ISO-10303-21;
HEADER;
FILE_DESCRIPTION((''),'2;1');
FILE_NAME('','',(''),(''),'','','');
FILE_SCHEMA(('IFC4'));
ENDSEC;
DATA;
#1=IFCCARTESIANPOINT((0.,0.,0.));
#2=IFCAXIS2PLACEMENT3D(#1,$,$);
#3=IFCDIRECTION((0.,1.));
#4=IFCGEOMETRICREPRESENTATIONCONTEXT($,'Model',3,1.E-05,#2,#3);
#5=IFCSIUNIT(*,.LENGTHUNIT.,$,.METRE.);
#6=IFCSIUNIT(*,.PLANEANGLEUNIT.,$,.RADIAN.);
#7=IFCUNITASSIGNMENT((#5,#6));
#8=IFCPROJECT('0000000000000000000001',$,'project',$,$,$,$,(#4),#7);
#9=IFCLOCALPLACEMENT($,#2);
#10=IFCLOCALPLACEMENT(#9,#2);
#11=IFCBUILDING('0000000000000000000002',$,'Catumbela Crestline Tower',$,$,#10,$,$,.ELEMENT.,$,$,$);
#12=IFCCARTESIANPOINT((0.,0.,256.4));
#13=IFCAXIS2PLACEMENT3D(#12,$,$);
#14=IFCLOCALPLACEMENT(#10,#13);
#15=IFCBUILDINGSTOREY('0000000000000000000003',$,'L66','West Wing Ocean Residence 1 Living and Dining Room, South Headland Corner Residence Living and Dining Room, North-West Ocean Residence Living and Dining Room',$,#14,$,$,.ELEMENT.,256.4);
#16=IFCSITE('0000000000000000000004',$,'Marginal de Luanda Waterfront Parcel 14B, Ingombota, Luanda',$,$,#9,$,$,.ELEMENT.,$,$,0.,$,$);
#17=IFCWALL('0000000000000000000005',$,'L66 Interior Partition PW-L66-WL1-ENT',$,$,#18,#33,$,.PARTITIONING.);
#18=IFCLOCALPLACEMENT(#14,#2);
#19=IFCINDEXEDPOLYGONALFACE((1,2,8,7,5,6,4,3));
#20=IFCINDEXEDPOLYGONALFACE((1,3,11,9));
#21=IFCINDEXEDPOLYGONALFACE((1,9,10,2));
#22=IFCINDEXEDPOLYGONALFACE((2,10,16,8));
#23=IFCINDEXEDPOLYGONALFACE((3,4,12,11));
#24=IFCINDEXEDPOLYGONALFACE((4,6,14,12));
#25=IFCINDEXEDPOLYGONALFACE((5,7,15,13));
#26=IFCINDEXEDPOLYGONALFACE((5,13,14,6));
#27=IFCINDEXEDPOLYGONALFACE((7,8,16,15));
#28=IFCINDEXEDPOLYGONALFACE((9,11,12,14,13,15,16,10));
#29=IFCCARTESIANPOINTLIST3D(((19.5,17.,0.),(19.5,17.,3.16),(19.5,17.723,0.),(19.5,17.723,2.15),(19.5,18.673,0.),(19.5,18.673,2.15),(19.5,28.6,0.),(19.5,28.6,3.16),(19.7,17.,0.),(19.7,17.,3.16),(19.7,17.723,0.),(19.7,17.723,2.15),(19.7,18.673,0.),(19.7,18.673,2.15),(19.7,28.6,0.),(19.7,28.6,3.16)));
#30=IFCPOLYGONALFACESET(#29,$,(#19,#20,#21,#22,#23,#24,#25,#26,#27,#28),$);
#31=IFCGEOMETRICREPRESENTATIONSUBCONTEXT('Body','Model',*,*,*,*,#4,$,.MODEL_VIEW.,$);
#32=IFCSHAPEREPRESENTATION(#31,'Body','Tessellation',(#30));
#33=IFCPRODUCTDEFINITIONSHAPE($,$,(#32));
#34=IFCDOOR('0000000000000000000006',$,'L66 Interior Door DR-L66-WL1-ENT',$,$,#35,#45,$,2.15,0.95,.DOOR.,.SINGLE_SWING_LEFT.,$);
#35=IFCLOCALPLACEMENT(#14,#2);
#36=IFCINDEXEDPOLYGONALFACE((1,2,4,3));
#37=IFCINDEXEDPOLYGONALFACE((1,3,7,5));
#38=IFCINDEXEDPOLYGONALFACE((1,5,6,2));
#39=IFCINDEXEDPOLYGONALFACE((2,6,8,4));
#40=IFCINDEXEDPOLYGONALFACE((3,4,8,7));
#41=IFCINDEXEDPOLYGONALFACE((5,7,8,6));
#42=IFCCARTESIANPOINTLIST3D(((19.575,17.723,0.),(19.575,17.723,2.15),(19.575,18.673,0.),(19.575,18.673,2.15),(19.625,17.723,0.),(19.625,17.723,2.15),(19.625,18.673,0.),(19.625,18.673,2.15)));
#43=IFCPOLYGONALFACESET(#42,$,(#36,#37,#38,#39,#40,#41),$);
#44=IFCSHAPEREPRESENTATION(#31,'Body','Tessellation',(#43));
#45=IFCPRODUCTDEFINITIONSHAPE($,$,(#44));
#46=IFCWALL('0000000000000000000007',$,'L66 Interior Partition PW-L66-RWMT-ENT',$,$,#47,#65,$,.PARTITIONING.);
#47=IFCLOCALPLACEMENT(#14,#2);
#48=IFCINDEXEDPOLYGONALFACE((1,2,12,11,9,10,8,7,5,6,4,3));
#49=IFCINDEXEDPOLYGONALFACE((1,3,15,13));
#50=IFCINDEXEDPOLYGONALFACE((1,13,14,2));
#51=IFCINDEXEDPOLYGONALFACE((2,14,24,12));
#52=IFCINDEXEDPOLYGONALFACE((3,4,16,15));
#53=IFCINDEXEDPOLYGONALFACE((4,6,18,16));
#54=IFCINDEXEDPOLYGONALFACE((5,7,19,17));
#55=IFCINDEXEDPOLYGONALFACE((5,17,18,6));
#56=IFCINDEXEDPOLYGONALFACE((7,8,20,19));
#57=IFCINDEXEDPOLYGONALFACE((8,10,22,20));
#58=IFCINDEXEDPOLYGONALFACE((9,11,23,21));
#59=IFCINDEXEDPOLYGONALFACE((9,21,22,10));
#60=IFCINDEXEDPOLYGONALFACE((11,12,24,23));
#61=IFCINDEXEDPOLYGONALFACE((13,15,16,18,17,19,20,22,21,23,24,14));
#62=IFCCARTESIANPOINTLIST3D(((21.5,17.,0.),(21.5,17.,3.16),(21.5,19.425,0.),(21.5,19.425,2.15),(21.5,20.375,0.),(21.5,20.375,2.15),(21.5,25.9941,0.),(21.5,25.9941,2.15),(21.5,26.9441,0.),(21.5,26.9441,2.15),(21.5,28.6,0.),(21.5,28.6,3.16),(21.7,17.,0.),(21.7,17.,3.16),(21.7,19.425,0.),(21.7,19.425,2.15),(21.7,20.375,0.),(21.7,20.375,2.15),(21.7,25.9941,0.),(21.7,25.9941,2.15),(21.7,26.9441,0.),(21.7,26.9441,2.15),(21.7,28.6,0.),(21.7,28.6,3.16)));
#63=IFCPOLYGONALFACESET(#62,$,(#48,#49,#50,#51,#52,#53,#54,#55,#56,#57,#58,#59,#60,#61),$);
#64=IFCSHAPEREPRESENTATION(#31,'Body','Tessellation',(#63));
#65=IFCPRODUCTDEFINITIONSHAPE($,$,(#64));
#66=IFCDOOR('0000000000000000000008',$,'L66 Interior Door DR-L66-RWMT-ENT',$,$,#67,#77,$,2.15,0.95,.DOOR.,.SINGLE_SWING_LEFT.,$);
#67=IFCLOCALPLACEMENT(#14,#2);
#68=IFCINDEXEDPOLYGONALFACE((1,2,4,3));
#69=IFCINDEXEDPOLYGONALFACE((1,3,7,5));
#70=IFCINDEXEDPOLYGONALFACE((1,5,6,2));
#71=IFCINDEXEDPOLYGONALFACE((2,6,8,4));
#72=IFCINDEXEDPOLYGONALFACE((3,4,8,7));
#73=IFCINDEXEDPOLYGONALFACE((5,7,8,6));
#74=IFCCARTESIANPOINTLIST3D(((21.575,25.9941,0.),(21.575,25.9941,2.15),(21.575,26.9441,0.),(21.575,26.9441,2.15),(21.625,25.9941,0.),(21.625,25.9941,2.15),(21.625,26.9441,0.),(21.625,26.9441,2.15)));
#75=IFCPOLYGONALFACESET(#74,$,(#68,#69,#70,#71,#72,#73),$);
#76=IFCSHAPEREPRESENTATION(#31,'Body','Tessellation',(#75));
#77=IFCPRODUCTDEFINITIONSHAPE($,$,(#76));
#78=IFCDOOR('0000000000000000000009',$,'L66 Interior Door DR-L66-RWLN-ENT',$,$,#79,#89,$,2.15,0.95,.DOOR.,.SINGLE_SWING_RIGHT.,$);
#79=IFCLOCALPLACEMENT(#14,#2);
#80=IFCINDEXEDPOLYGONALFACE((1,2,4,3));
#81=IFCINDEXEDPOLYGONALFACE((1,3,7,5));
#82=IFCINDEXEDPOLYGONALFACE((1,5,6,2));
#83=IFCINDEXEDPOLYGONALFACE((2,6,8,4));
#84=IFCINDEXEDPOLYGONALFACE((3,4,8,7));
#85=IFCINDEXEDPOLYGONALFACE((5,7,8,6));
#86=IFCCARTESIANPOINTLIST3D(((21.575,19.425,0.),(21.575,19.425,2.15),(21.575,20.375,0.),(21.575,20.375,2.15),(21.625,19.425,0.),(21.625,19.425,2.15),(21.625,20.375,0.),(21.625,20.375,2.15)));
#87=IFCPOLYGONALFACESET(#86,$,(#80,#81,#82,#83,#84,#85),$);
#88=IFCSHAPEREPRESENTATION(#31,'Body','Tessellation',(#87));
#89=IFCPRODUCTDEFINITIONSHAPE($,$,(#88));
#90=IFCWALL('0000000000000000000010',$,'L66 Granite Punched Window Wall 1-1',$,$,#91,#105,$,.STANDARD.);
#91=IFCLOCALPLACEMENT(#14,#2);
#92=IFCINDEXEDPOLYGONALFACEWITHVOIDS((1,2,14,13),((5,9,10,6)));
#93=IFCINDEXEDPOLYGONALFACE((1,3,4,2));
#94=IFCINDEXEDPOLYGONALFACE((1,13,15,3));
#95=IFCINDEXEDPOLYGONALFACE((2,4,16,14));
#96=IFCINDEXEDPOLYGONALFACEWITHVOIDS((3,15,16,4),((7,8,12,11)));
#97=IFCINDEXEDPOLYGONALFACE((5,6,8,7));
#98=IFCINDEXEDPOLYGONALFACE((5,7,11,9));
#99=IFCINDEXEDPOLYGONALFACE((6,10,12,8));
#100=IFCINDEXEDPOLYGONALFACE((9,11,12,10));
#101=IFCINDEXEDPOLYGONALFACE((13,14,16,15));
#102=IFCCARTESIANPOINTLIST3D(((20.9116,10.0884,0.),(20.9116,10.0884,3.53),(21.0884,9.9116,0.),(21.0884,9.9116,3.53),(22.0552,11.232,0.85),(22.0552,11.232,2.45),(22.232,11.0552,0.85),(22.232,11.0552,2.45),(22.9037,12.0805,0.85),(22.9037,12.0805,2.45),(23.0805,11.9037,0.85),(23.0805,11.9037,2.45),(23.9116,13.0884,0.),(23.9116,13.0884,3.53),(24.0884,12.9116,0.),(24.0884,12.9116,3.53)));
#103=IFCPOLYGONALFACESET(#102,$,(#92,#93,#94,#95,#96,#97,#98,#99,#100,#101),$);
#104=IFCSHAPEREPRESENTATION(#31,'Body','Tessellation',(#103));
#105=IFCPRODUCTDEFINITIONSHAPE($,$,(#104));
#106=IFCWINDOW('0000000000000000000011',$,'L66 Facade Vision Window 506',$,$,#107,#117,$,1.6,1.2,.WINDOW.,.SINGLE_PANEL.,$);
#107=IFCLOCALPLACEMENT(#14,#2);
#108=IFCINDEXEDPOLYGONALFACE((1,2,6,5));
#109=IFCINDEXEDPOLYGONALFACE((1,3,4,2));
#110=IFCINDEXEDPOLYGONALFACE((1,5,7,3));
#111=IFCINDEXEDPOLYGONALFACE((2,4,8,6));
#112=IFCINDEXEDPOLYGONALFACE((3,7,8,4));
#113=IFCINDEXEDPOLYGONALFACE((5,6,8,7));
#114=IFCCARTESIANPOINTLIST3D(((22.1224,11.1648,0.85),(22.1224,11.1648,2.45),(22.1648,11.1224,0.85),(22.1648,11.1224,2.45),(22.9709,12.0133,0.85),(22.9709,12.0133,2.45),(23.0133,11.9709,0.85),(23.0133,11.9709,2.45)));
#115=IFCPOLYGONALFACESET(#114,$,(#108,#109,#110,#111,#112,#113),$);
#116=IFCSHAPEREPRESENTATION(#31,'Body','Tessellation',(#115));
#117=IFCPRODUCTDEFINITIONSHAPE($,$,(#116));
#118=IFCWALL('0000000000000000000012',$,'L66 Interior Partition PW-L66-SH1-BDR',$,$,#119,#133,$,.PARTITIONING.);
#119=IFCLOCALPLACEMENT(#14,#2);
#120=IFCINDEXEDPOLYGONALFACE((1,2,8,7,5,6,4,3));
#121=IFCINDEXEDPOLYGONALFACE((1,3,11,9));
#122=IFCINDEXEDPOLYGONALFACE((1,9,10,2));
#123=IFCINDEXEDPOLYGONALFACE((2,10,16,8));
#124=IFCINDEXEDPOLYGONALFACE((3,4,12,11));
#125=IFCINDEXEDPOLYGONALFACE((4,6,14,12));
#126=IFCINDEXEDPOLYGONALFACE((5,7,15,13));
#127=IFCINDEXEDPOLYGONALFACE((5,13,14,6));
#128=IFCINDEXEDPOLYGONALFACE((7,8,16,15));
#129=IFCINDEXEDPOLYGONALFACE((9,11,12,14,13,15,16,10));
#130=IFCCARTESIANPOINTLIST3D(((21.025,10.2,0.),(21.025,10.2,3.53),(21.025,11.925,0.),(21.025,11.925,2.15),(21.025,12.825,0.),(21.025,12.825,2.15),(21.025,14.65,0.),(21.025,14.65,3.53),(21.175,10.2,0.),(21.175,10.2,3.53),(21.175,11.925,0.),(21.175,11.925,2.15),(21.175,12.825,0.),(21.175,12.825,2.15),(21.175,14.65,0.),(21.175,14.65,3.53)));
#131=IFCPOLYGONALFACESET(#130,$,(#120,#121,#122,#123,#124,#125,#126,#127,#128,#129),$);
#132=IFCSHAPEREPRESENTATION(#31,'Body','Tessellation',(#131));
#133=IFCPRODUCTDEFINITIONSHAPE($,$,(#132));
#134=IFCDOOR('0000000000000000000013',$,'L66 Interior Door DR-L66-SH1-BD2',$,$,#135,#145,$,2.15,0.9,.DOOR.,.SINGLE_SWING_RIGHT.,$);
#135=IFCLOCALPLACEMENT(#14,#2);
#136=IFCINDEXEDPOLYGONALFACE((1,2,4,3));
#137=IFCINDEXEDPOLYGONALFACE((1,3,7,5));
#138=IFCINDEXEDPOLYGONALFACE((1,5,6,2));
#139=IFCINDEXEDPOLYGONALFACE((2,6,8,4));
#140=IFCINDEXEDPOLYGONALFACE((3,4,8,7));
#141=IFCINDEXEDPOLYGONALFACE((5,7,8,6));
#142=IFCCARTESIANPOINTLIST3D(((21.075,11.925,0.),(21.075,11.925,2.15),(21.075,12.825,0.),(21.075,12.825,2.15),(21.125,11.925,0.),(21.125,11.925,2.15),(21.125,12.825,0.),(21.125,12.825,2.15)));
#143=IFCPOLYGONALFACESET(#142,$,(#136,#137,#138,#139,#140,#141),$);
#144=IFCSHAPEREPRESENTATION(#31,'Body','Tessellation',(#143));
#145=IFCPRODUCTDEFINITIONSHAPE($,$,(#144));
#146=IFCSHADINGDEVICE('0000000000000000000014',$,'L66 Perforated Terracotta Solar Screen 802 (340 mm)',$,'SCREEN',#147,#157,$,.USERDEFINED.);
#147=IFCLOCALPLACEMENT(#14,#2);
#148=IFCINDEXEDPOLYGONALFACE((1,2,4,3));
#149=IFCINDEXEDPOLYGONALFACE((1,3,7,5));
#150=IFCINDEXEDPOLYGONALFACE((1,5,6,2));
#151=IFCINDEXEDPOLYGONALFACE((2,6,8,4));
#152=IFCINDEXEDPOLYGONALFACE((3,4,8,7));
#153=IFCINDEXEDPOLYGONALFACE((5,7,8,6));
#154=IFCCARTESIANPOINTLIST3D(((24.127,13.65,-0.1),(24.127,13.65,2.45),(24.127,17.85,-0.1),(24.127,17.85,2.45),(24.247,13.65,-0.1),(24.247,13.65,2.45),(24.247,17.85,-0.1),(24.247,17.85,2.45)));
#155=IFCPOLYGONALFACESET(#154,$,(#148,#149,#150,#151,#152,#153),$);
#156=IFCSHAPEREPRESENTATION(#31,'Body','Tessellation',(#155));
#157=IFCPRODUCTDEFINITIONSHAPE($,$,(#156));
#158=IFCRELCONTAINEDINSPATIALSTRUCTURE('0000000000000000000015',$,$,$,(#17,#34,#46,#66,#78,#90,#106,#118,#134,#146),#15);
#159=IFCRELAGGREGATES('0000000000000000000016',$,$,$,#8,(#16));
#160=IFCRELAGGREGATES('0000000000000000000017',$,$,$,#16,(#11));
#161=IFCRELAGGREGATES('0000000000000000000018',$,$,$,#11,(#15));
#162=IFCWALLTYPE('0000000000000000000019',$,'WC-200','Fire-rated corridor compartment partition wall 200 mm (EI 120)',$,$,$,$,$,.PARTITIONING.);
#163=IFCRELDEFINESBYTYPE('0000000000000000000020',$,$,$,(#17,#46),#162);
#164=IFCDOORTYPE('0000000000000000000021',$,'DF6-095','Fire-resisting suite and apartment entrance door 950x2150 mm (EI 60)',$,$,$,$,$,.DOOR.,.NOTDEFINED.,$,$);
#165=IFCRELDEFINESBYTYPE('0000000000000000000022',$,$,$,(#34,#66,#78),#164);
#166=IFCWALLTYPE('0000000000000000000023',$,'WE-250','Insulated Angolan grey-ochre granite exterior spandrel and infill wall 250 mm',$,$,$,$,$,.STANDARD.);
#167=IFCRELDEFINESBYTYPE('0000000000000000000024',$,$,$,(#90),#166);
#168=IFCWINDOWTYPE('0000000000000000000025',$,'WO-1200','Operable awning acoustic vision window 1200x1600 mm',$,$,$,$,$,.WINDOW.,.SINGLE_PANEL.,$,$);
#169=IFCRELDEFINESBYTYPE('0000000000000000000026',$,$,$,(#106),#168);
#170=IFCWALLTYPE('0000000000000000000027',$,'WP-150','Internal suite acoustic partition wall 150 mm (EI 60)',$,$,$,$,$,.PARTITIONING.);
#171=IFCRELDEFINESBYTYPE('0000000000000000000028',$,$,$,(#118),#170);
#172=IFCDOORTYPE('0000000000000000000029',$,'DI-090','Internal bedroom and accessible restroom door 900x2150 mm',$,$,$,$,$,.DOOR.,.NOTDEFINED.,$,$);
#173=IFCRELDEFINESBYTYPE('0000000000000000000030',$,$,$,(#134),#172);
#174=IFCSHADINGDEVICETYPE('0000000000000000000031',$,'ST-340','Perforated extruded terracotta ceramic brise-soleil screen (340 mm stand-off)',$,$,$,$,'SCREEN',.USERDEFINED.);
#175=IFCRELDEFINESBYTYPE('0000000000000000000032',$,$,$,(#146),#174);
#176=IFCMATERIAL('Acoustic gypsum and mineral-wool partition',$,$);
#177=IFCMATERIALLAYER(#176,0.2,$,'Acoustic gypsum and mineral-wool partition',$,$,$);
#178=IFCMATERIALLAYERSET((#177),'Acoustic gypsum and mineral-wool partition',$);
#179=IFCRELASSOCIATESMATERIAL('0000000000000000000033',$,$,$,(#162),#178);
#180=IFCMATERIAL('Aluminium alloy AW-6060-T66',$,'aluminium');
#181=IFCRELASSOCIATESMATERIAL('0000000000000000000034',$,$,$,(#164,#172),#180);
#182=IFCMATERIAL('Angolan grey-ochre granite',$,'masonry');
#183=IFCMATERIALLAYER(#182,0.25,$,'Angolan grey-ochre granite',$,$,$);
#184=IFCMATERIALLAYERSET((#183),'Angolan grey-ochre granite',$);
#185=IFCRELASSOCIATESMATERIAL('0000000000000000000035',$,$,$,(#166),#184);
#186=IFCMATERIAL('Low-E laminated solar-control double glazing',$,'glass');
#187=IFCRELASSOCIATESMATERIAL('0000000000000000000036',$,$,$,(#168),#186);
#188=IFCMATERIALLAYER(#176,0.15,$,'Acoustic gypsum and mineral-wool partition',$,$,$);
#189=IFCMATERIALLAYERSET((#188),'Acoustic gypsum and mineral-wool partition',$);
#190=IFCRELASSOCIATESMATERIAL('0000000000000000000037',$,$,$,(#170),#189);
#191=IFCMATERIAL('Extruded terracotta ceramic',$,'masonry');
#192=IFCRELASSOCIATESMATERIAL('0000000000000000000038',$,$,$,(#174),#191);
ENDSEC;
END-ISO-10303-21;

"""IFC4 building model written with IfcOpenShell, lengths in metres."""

from ifc_helpers import new_model, si_unit, direction, frame, frame_2d, origin, origin_2d, place, context, subcontext, project, spatial, rectangle, extrude, material, layer, layer_set, type_object, element, fill, save


model = new_model("IFC4")

# Units and contexts
model_context = context("Model", 3, precision=1e-05, world=origin(), true_north=direction((0.0, 1.0)))
body_context = subcontext(model_context, "Body", "Model", "MODEL_VIEW")
ifc_project = project(units=[si_unit("LENGTHUNIT", "METRE"), si_unit("PLANEANGLEUNIT", "RADIAN")], contexts=[model_context])

# Site, building, storey
site_placement = place(None, origin())
site = spatial("IfcSite", under=ifc_project, at=site_placement, Name="Marginal de Luanda Waterfront Parcel 14B, Ingombota, Luanda", CompositionType="ELEMENT", RefElevation=0.0)
building_placement = place(site_placement, origin())
building = spatial("IfcBuilding", under=site, at=building_placement, Name="Catumbela Crestline Tower", CompositionType="ELEMENT")
storey_placement = place(building_placement, frame((0.0, 0.0, 256.4)))
storey = spatial("IfcBuildingStorey", under=building, at=storey_placement, Name="L66", Description="West Wing Ocean Residence 1 Living and Dining Room, South Headland Corner Residence Living and Dining Room, North-West Ocean Residence Living and Dining Room", CompositionType="ELEMENT", Elevation=256.4)

# Shared definitions
ifc_material_1 = material(Name="Aluminium alloy AW-6060-T66", Category="aluminium")

# Shared definitions
ifc_material_2 = material(Name="Low-E laminated solar-control double glazing", Category="glass")

# Wall, opening, door
ifc_material_3 = material(Name="Acoustic gypsum and mineral-wool partition")
ifc_layer_1 = layer(ifc_material_3, 0.2, Name="Acoustic gypsum and mineral-wool partition")
ifc_layer_set_1 = layer_set([ifc_layer_1], Name="Acoustic gypsum and mineral-wool partition")
wall_type_1 = type_object("IfcWallType", Name="WC-200", Description="Fire-rated corridor compartment partition wall 200 mm (EI 120)", PredefinedType="PARTITIONING", material=ifc_layer_set_1)
wall_1_placement = place(storey_placement, frame((19.6, 17.0, 0.0), z_axis=(0.0, 0.0, 1.0), x_axis=(0.0, 1.0, 0.0)))
wall_1 = element("IfcWall", 1, at=wall_1_placement, inside=storey, type_object=wall_type_1, Name="L66 Interior Partition PW-L66-WL1-ENT", PredefinedType="PARTITIONING", context=body_context, shape_type="SweptSolid", body=[
    extrude(rectangle(XDim=11.6, YDim=0.2, at=frame_2d((5.8, 0.0))), origin(), (0.0, 0.0, 1.0), 3.16),
])
opening_1_placement = place(wall_1_placement, frame((0.723, 0.0, 0.0)))
opening_1 = element("IfcOpeningElement", 2, at=opening_1_placement, cuts=wall_1, PredefinedType="OPENING", context=body_context, shape_type="SweptSolid", body=[
    extrude(rectangle(XDim=0.95, YDim=2.15, at=frame_2d((0.475, 1.075))), frame((0.0, 0.11, 0.0), z_axis=(0.0, -1.0, 0.0), x_axis=(1.0, 0.0, 0.0)), (0.0, 0.0, 1.0), 0.22),
])
door_type_1 = type_object("IfcDoorType", Name="DF6-095", Description="Fire-resisting suite and apartment entrance door 950x2150 mm (EI 60)", OperationType="NOTDEFINED", PredefinedType="DOOR", material=ifc_material_1)
door_1_placement = place(opening_1_placement, origin())
door_1 = element("IfcDoor", 3, at=door_1_placement, inside=storey, type_object=door_type_1, Name="L66 Interior Door DR-L66-WL1-ENT", OperationType="SINGLE_SWING_LEFT", OverallHeight=2.15, OverallWidth=0.95, PredefinedType="DOOR", context=body_context, shape_type="SweptSolid", body=[
    extrude(rectangle(XDim=0.95, YDim=2.15, at=frame_2d((0.475, 1.075))), frame((0.0, 0.025, 0.0), z_axis=(0.0, -1.0, 0.0), x_axis=(1.0, 0.0, 0.0)), (0.0, 0.0, 1.0), 0.05),
])
fill(opening_1, door_1)

# Wall, openings, doors
wall_2_placement = place(storey_placement, frame((21.6, 17.0, 0.0), z_axis=(0.0, 0.0, 1.0), x_axis=(0.0, 1.0, 0.0)))
wall_2 = element("IfcWall", 4, at=wall_2_placement, inside=storey, type_object=wall_type_1, Name="L66 Interior Partition PW-L66-RWMT-ENT", PredefinedType="PARTITIONING", context=body_context, shape_type="SweptSolid", body=[
    extrude(rectangle(XDim=11.6, YDim=0.2, at=frame_2d((5.8, 0.0))), origin(), (0.0, 0.0, 1.0), 3.16),
])
opening_2_placement = place(wall_2_placement, frame((8.9941, 0.0, 0.0)))
opening_2 = element("IfcOpeningElement", 5, at=opening_2_placement, cuts=wall_2, PredefinedType="OPENING", context=body_context, shape_type="SweptSolid", body=[
    extrude(rectangle(XDim=0.95, YDim=2.15, at=frame_2d((0.475, 1.075))), frame((0.0, 0.11, 0.0), z_axis=(0.0, -1.0, 0.0), x_axis=(1.0, 0.0, 0.0)), (0.0, 0.0, 1.0), 0.22),
])
opening_3_placement = place(wall_2_placement, frame((2.425, 0.0, 0.0)))
opening_3 = element("IfcOpeningElement", 6, at=opening_3_placement, cuts=wall_2, PredefinedType="OPENING", context=body_context, shape_type="SweptSolid", body=[
    extrude(rectangle(XDim=0.95, YDim=2.15, at=frame_2d((0.475, 1.075))), frame((0.0, 0.11, 0.0), z_axis=(0.0, -1.0, 0.0), x_axis=(1.0, 0.0, 0.0)), (0.0, 0.0, 1.0), 0.22),
])
door_2_placement = place(opening_2_placement, origin())
door_2 = element("IfcDoor", 7, at=door_2_placement, inside=storey, type_object=door_type_1, Name="L66 Interior Door DR-L66-RWMT-ENT", OperationType="SINGLE_SWING_LEFT", OverallHeight=2.15, OverallWidth=0.95, PredefinedType="DOOR", context=body_context, shape_type="SweptSolid", body=[
    extrude(rectangle(XDim=0.95, YDim=2.15, at=frame_2d((0.475, 1.075))), frame((0.0, 0.025, 0.0), z_axis=(0.0, -1.0, 0.0), x_axis=(1.0, 0.0, 0.0)), (0.0, 0.0, 1.0), 0.05),
])
fill(opening_2, door_2)
door_3_placement = place(opening_3_placement, origin())
door_3 = element("IfcDoor", 8, at=door_3_placement, inside=storey, type_object=door_type_1, Name="L66 Interior Door DR-L66-RWLN-ENT", OperationType="SINGLE_SWING_RIGHT", OverallHeight=2.15, OverallWidth=0.95, PredefinedType="DOOR", context=body_context, shape_type="SweptSolid", body=[
    extrude(rectangle(XDim=0.95, YDim=2.15, at=frame_2d((0.475, 1.075))), frame((0.0, 0.025, 0.0), z_axis=(0.0, -1.0, 0.0), x_axis=(1.0, 0.0, 0.0)), (0.0, 0.0, 1.0), 0.05),
])
fill(opening_3, door_3)

# Wall, opening, window
ifc_material_4 = material(Name="Angolan grey-ochre granite", Category="masonry")
ifc_layer_2 = layer(ifc_material_4, 0.25, Name="Angolan grey-ochre granite")
ifc_layer_set_2 = layer_set([ifc_layer_2], Name="Angolan grey-ochre granite")
wall_type_2 = type_object("IfcWallType", Name="WE-250", Description="Insulated Angolan grey-ochre granite exterior spandrel and infill wall 250 mm", PredefinedType="STANDARD", material=ifc_layer_set_2)
wall_3_placement = place(storey_placement, frame((21.0, 10.0, 0.0), z_axis=(0.0, 0.0, 1.0), x_axis=(0.707107, 0.707107, 0.0)))
wall_3 = element("IfcWall", 9, at=wall_3_placement, inside=storey, type_object=wall_type_2, Name="L66 Granite Punched Window Wall 1-1", PredefinedType="STANDARD", context=body_context, shape_type="SweptSolid", body=[
    extrude(rectangle(XDim=4.2426, YDim=0.25, at=frame_2d((2.1213, 0.0))), origin(), (0.0, 0.0, 1.0), 3.53),
])
opening_4_placement = place(wall_3_placement, frame((1.6173, 0.0, 0.85)))
opening_4 = element("IfcOpeningElement", 10, at=opening_4_placement, cuts=wall_3, PredefinedType="OPENING", context=body_context, shape_type="SweptSolid", body=[
    extrude(rectangle(XDim=1.2, YDim=1.6, at=frame_2d((0.6, 0.8))), frame((0.0, 0.135, 0.0), z_axis=(0.0, -1.0, 0.0), x_axis=(1.0, 0.0, 0.0)), (0.0, 0.0, 1.0), 0.27),
])
window_type = type_object("IfcWindowType", Name="WO-1200", Description="Operable awning acoustic vision window 1200x1600 mm", PartitioningType="SINGLE_PANEL", PredefinedType="WINDOW", material=ifc_material_2)
window_placement = place(opening_4_placement, origin())
window = element("IfcWindow", 11, at=window_placement, inside=storey, type_object=window_type, Name="L66 Facade Vision Window 506", OverallHeight=1.6, OverallWidth=1.2, PartitioningType="SINGLE_PANEL", PredefinedType="WINDOW", context=body_context, shape_type="SweptSolid", body=[
    extrude(rectangle(XDim=1.2, YDim=1.6, at=frame_2d((0.6, 0.8))), frame((0.0, 0.03, 0.0), z_axis=(0.0, -1.0, 0.0), x_axis=(1.0, 0.0, 0.0)), (0.0, 0.0, 1.0), 0.06),
])
fill(opening_4, window)

# Wall, opening, door
ifc_layer_3 = layer(ifc_material_3, 0.15, Name="Acoustic gypsum and mineral-wool partition")
ifc_layer_set_3 = layer_set([ifc_layer_3], Name="Acoustic gypsum and mineral-wool partition")
wall_type_3 = type_object("IfcWallType", Name="WP-150", Description="Internal suite acoustic partition wall 150 mm (EI 60)", PredefinedType="PARTITIONING", material=ifc_layer_set_3)
wall_4_placement = place(storey_placement, frame((21.1, 10.2, 0.0), z_axis=(0.0, 0.0, 1.0), x_axis=(0.0, 1.0, 0.0)))
wall_4 = element("IfcWall", 12, at=wall_4_placement, inside=storey, type_object=wall_type_3, Name="L66 Interior Partition PW-L66-SH1-BDR", PredefinedType="PARTITIONING", context=body_context, shape_type="SweptSolid", body=[
    extrude(rectangle(XDim=4.45, YDim=0.15, at=frame_2d((2.225, 0.0))), origin(), (0.0, 0.0, 1.0), 3.53),
])
opening_5_placement = place(wall_4_placement, frame((1.725, 0.0, 0.0)))
opening_5 = element("IfcOpeningElement", 13, at=opening_5_placement, cuts=wall_4, PredefinedType="OPENING", context=body_context, shape_type="SweptSolid", body=[
    extrude(rectangle(XDim=0.9, YDim=2.15, at=frame_2d((0.45, 1.075))), frame((0.0, 0.085, 0.0), z_axis=(0.0, -1.0, 0.0), x_axis=(1.0, 0.0, 0.0)), (0.0, 0.0, 1.0), 0.17),
])
door_type_2 = type_object("IfcDoorType", Name="DI-090", Description="Internal bedroom and accessible restroom door 900x2150 mm", OperationType="NOTDEFINED", PredefinedType="DOOR", material=ifc_material_1)
door_4_placement = place(opening_5_placement, origin())
door_4 = element("IfcDoor", 14, at=door_4_placement, inside=storey, type_object=door_type_2, Name="L66 Interior Door DR-L66-SH1-BD2", OperationType="SINGLE_SWING_RIGHT", OverallHeight=2.15, OverallWidth=0.9, PredefinedType="DOOR", context=body_context, shape_type="SweptSolid", body=[
    extrude(rectangle(XDim=0.9, YDim=2.15, at=frame_2d((0.45, 1.075))), frame((0.0, 0.025, 0.0), z_axis=(0.0, -1.0, 0.0), x_axis=(1.0, 0.0, 0.0)), (0.0, 0.0, 1.0), 0.05),
])
fill(opening_5, door_4)

# Shading device
ifc_material_5 = material(Name="Extruded terracotta ceramic", Category="masonry")
shading_device_type = type_object("IfcShadingDeviceType", Name="ST-340", Description="Perforated extruded terracotta ceramic brise-soleil screen (340 mm stand-off)", ElementType="SCREEN", PredefinedType="USERDEFINED", material=ifc_material_5)
shading_device_placement = place(storey_placement, frame((24.187, 15.75, -0.1), z_axis=(0.0, 0.0, 1.0), x_axis=(0.0, 1.0, 0.0)))
element("IfcShadingDevice", 15, at=shading_device_placement, inside=storey, type_object=shading_device_type, Name="L66 Perforated Terracotta Solar Screen 802 (340 mm)", ObjectType="SCREEN", PredefinedType="USERDEFINED", context=body_context, shape_type="SweptSolid", body=[
    extrude(rectangle(XDim=4.2, YDim=0.12, at=origin_2d()), origin(), (0.0, 0.0, 1.0), 2.55),
])

save(model, "model.ifc")
